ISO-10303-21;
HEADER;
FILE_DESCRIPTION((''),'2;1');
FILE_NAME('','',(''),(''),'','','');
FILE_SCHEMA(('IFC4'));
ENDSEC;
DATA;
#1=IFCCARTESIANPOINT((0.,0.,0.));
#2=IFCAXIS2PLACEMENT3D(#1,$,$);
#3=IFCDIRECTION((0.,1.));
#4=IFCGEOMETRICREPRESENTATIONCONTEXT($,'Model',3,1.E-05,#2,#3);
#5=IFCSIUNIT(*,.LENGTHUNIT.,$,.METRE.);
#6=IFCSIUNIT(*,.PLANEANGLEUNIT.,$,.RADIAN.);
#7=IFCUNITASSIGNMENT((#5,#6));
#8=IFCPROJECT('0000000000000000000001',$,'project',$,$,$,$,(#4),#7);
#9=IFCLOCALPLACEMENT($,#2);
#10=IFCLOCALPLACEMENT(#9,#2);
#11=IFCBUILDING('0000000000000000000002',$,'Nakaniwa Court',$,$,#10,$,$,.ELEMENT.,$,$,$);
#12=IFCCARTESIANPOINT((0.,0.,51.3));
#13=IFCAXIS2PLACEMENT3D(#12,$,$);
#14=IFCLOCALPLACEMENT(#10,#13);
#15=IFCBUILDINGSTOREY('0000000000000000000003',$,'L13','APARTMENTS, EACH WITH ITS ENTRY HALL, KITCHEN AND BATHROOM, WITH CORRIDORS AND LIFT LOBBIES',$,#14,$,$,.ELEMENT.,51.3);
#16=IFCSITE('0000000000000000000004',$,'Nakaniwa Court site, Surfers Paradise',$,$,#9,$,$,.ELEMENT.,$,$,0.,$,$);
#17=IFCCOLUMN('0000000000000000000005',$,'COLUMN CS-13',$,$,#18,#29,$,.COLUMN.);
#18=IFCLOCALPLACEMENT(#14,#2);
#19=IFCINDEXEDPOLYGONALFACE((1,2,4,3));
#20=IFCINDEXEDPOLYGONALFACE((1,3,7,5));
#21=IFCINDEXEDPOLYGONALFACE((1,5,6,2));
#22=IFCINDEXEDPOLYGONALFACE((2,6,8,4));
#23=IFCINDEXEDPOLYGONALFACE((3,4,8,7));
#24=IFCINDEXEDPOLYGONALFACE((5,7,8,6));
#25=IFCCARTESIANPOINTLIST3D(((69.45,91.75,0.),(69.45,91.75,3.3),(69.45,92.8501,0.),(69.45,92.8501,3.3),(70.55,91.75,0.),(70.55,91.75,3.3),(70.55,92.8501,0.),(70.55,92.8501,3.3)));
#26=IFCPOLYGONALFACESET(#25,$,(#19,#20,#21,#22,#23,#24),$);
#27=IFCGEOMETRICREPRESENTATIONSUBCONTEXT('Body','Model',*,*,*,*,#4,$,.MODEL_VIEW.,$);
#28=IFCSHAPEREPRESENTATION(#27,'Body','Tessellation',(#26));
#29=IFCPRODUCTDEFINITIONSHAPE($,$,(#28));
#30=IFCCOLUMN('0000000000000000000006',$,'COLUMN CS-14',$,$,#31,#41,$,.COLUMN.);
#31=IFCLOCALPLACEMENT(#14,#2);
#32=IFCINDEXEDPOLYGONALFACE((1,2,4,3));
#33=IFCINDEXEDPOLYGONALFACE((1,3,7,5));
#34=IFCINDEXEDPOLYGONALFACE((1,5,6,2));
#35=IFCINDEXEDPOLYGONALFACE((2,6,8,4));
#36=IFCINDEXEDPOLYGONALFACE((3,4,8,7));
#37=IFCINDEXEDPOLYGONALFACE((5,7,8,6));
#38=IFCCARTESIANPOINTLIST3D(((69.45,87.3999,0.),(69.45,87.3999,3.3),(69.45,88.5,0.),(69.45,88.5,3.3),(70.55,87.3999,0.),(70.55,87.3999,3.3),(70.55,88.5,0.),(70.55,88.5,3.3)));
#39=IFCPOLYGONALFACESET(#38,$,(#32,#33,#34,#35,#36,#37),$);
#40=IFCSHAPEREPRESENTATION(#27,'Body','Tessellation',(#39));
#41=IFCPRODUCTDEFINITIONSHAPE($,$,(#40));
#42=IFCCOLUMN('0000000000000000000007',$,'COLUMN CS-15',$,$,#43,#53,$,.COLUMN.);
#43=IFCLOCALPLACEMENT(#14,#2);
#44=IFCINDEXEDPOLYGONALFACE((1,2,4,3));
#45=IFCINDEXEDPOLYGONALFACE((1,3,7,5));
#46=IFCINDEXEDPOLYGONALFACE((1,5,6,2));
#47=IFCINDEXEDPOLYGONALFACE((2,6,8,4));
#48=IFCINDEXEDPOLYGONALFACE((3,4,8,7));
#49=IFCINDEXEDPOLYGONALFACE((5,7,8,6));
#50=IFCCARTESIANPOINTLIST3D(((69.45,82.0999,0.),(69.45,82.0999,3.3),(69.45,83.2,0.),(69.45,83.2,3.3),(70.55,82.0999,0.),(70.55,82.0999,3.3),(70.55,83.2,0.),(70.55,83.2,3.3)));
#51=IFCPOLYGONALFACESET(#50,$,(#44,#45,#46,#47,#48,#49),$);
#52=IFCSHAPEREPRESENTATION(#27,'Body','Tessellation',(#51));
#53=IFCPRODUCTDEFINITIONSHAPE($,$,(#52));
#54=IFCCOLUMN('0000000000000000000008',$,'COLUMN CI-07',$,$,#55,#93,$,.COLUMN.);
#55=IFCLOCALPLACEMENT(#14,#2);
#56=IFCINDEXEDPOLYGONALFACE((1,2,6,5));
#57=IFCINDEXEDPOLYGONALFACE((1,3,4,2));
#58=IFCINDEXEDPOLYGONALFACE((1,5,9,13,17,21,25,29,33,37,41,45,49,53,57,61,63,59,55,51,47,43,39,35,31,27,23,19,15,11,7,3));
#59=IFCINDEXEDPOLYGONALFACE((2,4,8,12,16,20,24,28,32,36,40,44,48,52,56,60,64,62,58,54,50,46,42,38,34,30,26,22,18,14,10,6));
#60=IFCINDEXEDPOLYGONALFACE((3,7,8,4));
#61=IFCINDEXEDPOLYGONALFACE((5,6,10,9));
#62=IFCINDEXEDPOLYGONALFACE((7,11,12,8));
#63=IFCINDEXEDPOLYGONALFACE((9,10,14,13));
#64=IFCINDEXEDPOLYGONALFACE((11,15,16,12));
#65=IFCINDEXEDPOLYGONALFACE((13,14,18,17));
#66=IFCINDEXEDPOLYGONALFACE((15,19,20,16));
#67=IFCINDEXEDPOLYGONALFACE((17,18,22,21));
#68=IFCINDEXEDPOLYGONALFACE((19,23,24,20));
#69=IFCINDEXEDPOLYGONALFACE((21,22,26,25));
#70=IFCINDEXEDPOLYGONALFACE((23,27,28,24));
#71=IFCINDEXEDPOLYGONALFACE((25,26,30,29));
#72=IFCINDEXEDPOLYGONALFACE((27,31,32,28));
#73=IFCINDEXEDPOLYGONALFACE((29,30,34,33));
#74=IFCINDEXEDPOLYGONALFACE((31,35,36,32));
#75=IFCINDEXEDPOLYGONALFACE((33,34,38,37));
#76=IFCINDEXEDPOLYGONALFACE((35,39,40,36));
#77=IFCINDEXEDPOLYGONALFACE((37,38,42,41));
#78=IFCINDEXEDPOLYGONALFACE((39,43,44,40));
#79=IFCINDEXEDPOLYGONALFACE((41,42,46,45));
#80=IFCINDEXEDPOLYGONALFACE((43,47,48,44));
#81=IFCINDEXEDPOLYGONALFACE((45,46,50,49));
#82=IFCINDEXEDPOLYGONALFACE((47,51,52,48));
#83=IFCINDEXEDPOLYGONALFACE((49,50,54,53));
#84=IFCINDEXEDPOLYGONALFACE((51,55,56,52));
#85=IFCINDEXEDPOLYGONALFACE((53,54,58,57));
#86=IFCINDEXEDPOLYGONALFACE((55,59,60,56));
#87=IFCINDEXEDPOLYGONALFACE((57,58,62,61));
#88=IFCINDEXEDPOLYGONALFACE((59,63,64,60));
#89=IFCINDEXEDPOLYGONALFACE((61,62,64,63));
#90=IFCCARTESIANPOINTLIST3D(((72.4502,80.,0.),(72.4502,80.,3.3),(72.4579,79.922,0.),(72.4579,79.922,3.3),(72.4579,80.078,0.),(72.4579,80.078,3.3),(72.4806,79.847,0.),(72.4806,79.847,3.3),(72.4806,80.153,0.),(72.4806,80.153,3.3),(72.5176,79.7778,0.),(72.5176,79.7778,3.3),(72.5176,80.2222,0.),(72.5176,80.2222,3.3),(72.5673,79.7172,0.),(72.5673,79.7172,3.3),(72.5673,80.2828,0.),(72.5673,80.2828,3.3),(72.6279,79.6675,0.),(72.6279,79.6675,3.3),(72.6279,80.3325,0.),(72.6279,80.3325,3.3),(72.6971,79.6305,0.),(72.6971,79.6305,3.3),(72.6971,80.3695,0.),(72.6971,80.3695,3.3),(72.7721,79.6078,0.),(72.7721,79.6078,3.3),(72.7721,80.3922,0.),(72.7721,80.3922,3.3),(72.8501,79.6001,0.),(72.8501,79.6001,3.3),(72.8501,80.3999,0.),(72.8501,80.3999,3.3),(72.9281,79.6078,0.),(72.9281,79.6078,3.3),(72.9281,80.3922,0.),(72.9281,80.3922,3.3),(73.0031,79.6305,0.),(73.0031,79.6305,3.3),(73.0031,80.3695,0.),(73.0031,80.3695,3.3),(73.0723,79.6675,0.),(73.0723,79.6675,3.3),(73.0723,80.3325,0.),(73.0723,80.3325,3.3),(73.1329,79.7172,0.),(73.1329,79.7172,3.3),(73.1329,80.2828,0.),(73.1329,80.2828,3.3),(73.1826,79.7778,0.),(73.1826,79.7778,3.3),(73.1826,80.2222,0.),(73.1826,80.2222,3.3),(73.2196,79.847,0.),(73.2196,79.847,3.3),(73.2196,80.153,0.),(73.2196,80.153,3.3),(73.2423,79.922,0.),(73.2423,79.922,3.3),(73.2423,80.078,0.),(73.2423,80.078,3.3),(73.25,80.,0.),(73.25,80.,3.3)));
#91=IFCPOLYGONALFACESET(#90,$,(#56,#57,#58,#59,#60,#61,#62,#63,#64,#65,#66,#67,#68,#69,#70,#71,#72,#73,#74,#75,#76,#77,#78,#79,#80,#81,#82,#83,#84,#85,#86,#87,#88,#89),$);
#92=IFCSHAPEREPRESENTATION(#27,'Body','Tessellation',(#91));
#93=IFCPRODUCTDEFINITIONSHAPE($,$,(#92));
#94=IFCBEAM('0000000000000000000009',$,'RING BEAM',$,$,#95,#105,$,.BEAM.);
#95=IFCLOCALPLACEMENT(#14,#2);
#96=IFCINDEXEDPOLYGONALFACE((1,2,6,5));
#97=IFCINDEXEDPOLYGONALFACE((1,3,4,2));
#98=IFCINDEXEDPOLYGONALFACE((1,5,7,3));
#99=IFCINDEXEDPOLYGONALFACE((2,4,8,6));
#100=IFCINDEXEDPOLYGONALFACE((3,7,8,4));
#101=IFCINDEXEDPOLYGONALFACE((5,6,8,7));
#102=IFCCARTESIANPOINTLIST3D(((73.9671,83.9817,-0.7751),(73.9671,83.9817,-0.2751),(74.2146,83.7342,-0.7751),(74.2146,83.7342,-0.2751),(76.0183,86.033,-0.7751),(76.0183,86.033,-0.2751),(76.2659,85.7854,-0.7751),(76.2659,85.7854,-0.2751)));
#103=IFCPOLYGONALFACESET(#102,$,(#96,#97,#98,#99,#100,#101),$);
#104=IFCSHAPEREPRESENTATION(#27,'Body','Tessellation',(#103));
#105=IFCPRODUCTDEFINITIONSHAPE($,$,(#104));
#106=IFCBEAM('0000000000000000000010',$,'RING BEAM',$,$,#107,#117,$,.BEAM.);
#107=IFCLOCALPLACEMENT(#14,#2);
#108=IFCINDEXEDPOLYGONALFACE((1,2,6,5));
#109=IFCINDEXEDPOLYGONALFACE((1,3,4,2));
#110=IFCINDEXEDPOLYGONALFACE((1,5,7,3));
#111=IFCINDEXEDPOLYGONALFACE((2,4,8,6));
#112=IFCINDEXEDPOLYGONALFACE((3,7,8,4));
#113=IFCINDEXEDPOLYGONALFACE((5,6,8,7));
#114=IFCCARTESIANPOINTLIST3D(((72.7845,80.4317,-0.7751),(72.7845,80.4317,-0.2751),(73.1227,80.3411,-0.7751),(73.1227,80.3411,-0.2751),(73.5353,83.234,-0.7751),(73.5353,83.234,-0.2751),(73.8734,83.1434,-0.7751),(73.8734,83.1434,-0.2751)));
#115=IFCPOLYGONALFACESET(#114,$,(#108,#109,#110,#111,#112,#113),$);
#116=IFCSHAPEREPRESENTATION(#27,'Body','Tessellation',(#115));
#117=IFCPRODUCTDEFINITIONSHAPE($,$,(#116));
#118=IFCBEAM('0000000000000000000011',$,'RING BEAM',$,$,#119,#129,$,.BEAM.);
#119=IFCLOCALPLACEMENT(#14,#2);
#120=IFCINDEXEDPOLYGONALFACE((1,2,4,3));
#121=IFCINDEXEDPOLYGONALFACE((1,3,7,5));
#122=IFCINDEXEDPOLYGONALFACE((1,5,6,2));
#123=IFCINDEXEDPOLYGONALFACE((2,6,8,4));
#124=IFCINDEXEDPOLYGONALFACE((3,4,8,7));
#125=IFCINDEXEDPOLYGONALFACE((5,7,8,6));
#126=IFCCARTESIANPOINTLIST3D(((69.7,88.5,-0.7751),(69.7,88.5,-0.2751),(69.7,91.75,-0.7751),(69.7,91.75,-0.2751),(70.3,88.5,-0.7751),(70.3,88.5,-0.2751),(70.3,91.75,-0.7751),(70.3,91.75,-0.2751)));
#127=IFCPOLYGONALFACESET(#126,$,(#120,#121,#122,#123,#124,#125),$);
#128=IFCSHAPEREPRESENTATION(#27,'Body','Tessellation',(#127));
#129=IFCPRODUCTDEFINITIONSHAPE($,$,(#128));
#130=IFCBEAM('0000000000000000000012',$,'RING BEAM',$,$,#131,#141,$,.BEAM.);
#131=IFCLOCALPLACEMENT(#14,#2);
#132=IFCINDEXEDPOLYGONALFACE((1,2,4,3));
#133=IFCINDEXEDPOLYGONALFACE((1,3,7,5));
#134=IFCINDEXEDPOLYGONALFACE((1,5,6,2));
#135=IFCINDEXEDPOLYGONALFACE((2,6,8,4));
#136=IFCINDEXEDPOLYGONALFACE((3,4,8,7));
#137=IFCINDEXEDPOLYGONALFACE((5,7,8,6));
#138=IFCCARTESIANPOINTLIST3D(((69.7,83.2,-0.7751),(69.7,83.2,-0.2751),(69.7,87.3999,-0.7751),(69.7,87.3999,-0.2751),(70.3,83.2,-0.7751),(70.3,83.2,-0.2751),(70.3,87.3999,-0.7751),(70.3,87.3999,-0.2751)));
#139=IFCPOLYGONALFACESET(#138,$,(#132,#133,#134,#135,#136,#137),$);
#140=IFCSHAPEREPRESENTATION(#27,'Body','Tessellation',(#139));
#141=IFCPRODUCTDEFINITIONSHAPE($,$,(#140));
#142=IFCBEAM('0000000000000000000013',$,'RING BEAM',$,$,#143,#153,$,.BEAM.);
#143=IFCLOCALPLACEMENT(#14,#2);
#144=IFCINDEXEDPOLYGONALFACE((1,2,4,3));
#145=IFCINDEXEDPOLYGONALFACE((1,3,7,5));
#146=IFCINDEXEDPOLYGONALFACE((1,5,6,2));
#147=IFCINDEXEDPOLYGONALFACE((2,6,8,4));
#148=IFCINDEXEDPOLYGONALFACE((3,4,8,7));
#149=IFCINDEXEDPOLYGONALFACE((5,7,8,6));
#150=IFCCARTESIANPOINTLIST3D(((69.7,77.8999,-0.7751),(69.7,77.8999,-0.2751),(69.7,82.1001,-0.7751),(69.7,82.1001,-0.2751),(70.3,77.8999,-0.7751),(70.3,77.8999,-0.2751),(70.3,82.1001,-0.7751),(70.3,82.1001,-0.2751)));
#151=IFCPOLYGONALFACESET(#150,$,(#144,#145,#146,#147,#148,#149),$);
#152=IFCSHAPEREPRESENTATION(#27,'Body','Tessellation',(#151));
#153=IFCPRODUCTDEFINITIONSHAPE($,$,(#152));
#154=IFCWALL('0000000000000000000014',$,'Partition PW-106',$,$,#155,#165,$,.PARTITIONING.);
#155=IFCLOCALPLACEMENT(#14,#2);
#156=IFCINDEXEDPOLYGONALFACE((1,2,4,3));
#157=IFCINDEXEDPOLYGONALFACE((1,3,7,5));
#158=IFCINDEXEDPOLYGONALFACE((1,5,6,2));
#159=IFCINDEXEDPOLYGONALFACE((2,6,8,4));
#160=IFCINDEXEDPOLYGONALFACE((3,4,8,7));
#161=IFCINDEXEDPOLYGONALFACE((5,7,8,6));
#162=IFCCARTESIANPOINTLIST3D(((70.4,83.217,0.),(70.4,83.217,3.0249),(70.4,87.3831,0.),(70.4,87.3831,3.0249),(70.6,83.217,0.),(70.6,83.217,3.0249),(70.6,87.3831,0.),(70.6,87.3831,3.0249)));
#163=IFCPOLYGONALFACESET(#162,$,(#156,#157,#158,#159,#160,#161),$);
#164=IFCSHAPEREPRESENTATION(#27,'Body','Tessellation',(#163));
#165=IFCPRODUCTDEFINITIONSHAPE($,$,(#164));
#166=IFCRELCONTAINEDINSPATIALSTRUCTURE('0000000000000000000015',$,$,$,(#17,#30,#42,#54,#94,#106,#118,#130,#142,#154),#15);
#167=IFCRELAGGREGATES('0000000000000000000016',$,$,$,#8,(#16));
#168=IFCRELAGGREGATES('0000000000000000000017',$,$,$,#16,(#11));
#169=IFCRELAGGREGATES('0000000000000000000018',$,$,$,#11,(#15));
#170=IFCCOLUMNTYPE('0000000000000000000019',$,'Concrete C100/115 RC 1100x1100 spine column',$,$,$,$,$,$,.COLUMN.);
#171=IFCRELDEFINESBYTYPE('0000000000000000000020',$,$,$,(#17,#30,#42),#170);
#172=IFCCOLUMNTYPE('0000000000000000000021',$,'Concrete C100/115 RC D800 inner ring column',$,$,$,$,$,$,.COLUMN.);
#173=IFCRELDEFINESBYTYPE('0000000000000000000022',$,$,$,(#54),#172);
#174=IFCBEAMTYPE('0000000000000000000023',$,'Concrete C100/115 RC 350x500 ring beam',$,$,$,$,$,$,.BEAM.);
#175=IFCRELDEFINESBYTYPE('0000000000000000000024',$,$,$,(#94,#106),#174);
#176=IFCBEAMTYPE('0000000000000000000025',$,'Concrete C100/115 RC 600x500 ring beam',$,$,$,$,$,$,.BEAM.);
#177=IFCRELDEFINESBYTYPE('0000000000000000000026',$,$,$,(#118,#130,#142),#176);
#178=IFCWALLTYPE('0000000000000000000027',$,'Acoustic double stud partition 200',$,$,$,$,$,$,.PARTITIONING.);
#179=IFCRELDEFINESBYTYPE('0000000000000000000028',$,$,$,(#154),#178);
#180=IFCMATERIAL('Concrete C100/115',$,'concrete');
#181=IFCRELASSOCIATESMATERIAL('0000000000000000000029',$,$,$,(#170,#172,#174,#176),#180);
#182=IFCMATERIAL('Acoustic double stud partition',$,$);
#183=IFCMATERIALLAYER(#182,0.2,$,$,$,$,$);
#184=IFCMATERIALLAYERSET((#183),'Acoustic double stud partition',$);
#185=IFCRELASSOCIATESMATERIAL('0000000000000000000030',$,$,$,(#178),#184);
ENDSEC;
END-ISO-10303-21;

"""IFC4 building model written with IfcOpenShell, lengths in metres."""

from ifc_helpers import new_model, si_unit, direction, frame, frame_2d, origin, origin_2d, place, context, subcontext, project, spatial, rectangle, circle, extrude, material, layer, layer_set, material_profile, profile_set, type_object, element, save


model = new_model("IFC4")

# Units and contexts
model_context = context("Model", 3, precision=1e-05, world=origin(), true_north=direction((0.0, 1.0)))
body_context = subcontext(model_context, "Body", "Model", "MODEL_VIEW")
ifc_project = project(units=[si_unit("LENGTHUNIT", "METRE"), si_unit("PLANEANGLEUNIT", "RADIAN")], contexts=[model_context])

# Site, building, storey
site_placement = place(None, origin())
site = spatial("IfcSite", under=ifc_project, at=site_placement, Name="Nakaniwa Court site, Surfers Paradise", CompositionType="ELEMENT", RefElevation=0.0)
building_placement = place(site_placement, origin())
building = spatial("IfcBuilding", under=site, at=building_placement, Name="Nakaniwa Court", CompositionType="ELEMENT")
storey_placement = place(building_placement, frame((0.0, 0.0, 51.3)))
storey = spatial("IfcBuildingStorey", under=building, at=storey_placement, Name="L13", Description="APARTMENTS, EACH WITH ITS ENTRY HALL, KITCHEN AND BATHROOM, WITH CORRIDORS AND LIFT LOBBIES", CompositionType="ELEMENT", Elevation=51.3)

# Columns
ifc_material_1 = material(Name="Concrete C100/115", Category="concrete")
ifc_material_profile_1 = material_profile(ifc_material_1, rectangle(XDim=1.1001, YDim=1.1001, at=origin_2d()), Name="Concrete C100/115 RC 1100x1100 spine column")
ifc_profile_set_1 = profile_set([ifc_material_profile_1], Name="Concrete C100/115")
column_type_1 = type_object("IfcColumnType", Name="Concrete C100/115 RC 1100x1100 spine column", PredefinedType="COLUMN", material=ifc_profile_set_1)
for number, where, z_axis, x_axis, name in (
    (1, (70.0, 92.3, 0.0), (0.0, 0.0, 1.0), (0.0, -1.0, 0.0), "COLUMN CS-13"),
    (2, (70.0, 87.95, 0.0), (0.0, 0.0, 1.0), (0.0, -1.0, 0.0), "COLUMN CS-14"),
    (3, (70.0, 82.6499, 0.0), (0.0, 0.0, 1.0), (0.0, -1.0, 0.0), "COLUMN CS-15"),
):
    element("IfcColumn", number, at=place(storey_placement, frame(where, z_axis=z_axis, x_axis=x_axis)), inside=storey, type_object=column_type_1, Name=name, PredefinedType="COLUMN", context=body_context, shape_type="SweptSolid", body=[
        extrude(rectangle(XDim=1.1001, YDim=1.1001, at=origin_2d()), origin(), (0.0, 0.0, 1.0), 3.3),
    ])
ifc_material_profile_2 = material_profile(ifc_material_1, circle(Radius=0.3999, at=origin_2d()), Name="Concrete C100/115 RC D800 inner ring column")
ifc_profile_set_2 = profile_set([ifc_material_profile_2], Name="Concrete C100/115")
column_type_2 = type_object("IfcColumnType", Name="Concrete C100/115 RC D800 inner ring column", PredefinedType="COLUMN", material=ifc_profile_set_2)
for number, where, z_axis, x_axis, name in (
    (4, (72.8501, 80.0, 0.0), (0.0, 0.0, 1.0), (0.0, -1.0, 0.0), "COLUMN CI-07"),
):
    element("IfcColumn", number, at=place(storey_placement, frame(where, z_axis=z_axis, x_axis=x_axis)), inside=storey, type_object=column_type_2, Name=name, PredefinedType="COLUMN", context=body_context, shape_type="SweptSolid", body=[
        extrude(circle(Radius=0.3999, at=origin_2d()), origin(), (0.0, 0.0, 1.0), 3.3),
    ])

# Beams
ifc_material_profile_3 = material_profile(ifc_material_1, rectangle(XDim=0.3501, YDim=0.5, at=origin_2d()), Name="Concrete C100/115 RC 350x500 ring beam")
ifc_profile_set_3 = profile_set([ifc_material_profile_3], Name="Concrete C100/115")
beam_type_1 = type_object("IfcBeamType", Name="Concrete C100/115 RC 350x500 ring beam", PredefinedType="BEAM", material=ifc_profile_set_3)
beam_1_placement = place(storey_placement, frame((76.1421, 85.9092, -0.5251), z_axis=(-0.707107, -0.707107, 0.0), x_axis=(0.707107, -0.707107, 0.0)))
element("IfcBeam", 5, at=beam_1_placement, inside=storey, type_object=beam_type_1, Name="RING BEAM", PredefinedType="BEAM", context=body_context, shape_type="SweptSolid", body=[
    extrude(rectangle(XDim=0.3501, YDim=0.5, at=origin_2d()), origin(), (0.0, 0.0, 1.0), 2.9009),
])
beam_2_placement = place(storey_placement, frame((73.7043, 83.1887, -0.5251), z_axis=(-0.258778, -0.965937, 0.0), x_axis=(0.965937, -0.258778, 0.0)))
element("IfcBeam", 6, at=beam_2_placement, inside=storey, type_object=beam_type_1, Name="RING BEAM", PredefinedType="BEAM", context=body_context, shape_type="SweptSolid", body=[
    extrude(rectangle(XDim=0.3501, YDim=0.5, at=origin_2d()), origin(), (0.0, 0.0, 1.0), 2.9011),
])
ifc_material_profile_4 = material_profile(ifc_material_1, rectangle(XDim=0.6001, YDim=0.5, at=origin_2d()), Name="Concrete C100/115 RC 600x500 ring beam")
ifc_profile_set_4 = profile_set([ifc_material_profile_4], Name="Concrete C100/115")
beam_type_2 = type_object("IfcBeamType", Name="Concrete C100/115 RC 600x500 ring beam", PredefinedType="BEAM", material=ifc_profile_set_4)
beam_3_placement = place(storey_placement, frame((70.0, 91.75, -0.5251), z_axis=(0.0, -1.0, 0.0), x_axis=(1.0, 0.0, 0.0)))
element("IfcBeam", 7, at=beam_3_placement, inside=storey, type_object=beam_type_2, Name="RING BEAM", PredefinedType="BEAM", context=body_context, shape_type="SweptSolid", body=[
    extrude(rectangle(XDim=0.6001, YDim=0.5, at=origin_2d()), origin(), (0.0, 0.0, 1.0), 3.25),
])
beam_4_placement = place(storey_placement, frame((70.0, 87.3999, -0.5251), z_axis=(0.0, -1.0, 0.0), x_axis=(1.0, 0.0, 0.0)))
element("IfcBeam", 8, at=beam_4_placement, inside=storey, type_object=beam_type_2, Name="RING BEAM", PredefinedType="BEAM", context=body_context, shape_type="SweptSolid", body=[
    extrude(rectangle(XDim=0.6001, YDim=0.5, at=origin_2d()), origin(), (0.0, 0.0, 1.0), 4.2),
])
beam_5_placement = place(storey_placement, frame((70.0, 82.1001, -0.5251), z_axis=(0.0, -1.0, 0.0), x_axis=(1.0, 0.0, 0.0)))
element("IfcBeam", 9, at=beam_5_placement, inside=storey, type_object=beam_type_2, Name="RING BEAM", PredefinedType="BEAM", context=body_context, shape_type="SweptSolid", body=[
    extrude(rectangle(XDim=0.6001, YDim=0.5, at=origin_2d()), origin(), (0.0, 0.0, 1.0), 4.2002),
])

# Wall
ifc_material_2 = material(Name="Acoustic double stud partition")
ifc_layer_1 = layer(ifc_material_2, 0.2)
ifc_layer_set_1 = layer_set([ifc_layer_1], Name="Acoustic double stud partition")
wall_type_1 = type_object("IfcWallType", Name="Acoustic double stud partition 200", PredefinedType="PARTITIONING", material=ifc_layer_set_1)
wall_1_placement = place(storey_placement, frame((70.5, 83.217, 0.0), z_axis=(0.0, 0.0, 1.0), x_axis=(0.0, 1.0, 0.0)))
element("IfcWall", 10, at=wall_1_placement, inside=storey, type_object=wall_type_1, Name="Partition PW-106", PredefinedType="PARTITIONING", context=body_context, shape_type="SweptSolid", body=[
    extrude(rectangle(XDim=4.166, YDim=0.2, at=frame_2d((2.083, 0.0))), origin(), (0.0, 0.0, 1.0), 3.0249),
])

save(model, "model.ifc")
